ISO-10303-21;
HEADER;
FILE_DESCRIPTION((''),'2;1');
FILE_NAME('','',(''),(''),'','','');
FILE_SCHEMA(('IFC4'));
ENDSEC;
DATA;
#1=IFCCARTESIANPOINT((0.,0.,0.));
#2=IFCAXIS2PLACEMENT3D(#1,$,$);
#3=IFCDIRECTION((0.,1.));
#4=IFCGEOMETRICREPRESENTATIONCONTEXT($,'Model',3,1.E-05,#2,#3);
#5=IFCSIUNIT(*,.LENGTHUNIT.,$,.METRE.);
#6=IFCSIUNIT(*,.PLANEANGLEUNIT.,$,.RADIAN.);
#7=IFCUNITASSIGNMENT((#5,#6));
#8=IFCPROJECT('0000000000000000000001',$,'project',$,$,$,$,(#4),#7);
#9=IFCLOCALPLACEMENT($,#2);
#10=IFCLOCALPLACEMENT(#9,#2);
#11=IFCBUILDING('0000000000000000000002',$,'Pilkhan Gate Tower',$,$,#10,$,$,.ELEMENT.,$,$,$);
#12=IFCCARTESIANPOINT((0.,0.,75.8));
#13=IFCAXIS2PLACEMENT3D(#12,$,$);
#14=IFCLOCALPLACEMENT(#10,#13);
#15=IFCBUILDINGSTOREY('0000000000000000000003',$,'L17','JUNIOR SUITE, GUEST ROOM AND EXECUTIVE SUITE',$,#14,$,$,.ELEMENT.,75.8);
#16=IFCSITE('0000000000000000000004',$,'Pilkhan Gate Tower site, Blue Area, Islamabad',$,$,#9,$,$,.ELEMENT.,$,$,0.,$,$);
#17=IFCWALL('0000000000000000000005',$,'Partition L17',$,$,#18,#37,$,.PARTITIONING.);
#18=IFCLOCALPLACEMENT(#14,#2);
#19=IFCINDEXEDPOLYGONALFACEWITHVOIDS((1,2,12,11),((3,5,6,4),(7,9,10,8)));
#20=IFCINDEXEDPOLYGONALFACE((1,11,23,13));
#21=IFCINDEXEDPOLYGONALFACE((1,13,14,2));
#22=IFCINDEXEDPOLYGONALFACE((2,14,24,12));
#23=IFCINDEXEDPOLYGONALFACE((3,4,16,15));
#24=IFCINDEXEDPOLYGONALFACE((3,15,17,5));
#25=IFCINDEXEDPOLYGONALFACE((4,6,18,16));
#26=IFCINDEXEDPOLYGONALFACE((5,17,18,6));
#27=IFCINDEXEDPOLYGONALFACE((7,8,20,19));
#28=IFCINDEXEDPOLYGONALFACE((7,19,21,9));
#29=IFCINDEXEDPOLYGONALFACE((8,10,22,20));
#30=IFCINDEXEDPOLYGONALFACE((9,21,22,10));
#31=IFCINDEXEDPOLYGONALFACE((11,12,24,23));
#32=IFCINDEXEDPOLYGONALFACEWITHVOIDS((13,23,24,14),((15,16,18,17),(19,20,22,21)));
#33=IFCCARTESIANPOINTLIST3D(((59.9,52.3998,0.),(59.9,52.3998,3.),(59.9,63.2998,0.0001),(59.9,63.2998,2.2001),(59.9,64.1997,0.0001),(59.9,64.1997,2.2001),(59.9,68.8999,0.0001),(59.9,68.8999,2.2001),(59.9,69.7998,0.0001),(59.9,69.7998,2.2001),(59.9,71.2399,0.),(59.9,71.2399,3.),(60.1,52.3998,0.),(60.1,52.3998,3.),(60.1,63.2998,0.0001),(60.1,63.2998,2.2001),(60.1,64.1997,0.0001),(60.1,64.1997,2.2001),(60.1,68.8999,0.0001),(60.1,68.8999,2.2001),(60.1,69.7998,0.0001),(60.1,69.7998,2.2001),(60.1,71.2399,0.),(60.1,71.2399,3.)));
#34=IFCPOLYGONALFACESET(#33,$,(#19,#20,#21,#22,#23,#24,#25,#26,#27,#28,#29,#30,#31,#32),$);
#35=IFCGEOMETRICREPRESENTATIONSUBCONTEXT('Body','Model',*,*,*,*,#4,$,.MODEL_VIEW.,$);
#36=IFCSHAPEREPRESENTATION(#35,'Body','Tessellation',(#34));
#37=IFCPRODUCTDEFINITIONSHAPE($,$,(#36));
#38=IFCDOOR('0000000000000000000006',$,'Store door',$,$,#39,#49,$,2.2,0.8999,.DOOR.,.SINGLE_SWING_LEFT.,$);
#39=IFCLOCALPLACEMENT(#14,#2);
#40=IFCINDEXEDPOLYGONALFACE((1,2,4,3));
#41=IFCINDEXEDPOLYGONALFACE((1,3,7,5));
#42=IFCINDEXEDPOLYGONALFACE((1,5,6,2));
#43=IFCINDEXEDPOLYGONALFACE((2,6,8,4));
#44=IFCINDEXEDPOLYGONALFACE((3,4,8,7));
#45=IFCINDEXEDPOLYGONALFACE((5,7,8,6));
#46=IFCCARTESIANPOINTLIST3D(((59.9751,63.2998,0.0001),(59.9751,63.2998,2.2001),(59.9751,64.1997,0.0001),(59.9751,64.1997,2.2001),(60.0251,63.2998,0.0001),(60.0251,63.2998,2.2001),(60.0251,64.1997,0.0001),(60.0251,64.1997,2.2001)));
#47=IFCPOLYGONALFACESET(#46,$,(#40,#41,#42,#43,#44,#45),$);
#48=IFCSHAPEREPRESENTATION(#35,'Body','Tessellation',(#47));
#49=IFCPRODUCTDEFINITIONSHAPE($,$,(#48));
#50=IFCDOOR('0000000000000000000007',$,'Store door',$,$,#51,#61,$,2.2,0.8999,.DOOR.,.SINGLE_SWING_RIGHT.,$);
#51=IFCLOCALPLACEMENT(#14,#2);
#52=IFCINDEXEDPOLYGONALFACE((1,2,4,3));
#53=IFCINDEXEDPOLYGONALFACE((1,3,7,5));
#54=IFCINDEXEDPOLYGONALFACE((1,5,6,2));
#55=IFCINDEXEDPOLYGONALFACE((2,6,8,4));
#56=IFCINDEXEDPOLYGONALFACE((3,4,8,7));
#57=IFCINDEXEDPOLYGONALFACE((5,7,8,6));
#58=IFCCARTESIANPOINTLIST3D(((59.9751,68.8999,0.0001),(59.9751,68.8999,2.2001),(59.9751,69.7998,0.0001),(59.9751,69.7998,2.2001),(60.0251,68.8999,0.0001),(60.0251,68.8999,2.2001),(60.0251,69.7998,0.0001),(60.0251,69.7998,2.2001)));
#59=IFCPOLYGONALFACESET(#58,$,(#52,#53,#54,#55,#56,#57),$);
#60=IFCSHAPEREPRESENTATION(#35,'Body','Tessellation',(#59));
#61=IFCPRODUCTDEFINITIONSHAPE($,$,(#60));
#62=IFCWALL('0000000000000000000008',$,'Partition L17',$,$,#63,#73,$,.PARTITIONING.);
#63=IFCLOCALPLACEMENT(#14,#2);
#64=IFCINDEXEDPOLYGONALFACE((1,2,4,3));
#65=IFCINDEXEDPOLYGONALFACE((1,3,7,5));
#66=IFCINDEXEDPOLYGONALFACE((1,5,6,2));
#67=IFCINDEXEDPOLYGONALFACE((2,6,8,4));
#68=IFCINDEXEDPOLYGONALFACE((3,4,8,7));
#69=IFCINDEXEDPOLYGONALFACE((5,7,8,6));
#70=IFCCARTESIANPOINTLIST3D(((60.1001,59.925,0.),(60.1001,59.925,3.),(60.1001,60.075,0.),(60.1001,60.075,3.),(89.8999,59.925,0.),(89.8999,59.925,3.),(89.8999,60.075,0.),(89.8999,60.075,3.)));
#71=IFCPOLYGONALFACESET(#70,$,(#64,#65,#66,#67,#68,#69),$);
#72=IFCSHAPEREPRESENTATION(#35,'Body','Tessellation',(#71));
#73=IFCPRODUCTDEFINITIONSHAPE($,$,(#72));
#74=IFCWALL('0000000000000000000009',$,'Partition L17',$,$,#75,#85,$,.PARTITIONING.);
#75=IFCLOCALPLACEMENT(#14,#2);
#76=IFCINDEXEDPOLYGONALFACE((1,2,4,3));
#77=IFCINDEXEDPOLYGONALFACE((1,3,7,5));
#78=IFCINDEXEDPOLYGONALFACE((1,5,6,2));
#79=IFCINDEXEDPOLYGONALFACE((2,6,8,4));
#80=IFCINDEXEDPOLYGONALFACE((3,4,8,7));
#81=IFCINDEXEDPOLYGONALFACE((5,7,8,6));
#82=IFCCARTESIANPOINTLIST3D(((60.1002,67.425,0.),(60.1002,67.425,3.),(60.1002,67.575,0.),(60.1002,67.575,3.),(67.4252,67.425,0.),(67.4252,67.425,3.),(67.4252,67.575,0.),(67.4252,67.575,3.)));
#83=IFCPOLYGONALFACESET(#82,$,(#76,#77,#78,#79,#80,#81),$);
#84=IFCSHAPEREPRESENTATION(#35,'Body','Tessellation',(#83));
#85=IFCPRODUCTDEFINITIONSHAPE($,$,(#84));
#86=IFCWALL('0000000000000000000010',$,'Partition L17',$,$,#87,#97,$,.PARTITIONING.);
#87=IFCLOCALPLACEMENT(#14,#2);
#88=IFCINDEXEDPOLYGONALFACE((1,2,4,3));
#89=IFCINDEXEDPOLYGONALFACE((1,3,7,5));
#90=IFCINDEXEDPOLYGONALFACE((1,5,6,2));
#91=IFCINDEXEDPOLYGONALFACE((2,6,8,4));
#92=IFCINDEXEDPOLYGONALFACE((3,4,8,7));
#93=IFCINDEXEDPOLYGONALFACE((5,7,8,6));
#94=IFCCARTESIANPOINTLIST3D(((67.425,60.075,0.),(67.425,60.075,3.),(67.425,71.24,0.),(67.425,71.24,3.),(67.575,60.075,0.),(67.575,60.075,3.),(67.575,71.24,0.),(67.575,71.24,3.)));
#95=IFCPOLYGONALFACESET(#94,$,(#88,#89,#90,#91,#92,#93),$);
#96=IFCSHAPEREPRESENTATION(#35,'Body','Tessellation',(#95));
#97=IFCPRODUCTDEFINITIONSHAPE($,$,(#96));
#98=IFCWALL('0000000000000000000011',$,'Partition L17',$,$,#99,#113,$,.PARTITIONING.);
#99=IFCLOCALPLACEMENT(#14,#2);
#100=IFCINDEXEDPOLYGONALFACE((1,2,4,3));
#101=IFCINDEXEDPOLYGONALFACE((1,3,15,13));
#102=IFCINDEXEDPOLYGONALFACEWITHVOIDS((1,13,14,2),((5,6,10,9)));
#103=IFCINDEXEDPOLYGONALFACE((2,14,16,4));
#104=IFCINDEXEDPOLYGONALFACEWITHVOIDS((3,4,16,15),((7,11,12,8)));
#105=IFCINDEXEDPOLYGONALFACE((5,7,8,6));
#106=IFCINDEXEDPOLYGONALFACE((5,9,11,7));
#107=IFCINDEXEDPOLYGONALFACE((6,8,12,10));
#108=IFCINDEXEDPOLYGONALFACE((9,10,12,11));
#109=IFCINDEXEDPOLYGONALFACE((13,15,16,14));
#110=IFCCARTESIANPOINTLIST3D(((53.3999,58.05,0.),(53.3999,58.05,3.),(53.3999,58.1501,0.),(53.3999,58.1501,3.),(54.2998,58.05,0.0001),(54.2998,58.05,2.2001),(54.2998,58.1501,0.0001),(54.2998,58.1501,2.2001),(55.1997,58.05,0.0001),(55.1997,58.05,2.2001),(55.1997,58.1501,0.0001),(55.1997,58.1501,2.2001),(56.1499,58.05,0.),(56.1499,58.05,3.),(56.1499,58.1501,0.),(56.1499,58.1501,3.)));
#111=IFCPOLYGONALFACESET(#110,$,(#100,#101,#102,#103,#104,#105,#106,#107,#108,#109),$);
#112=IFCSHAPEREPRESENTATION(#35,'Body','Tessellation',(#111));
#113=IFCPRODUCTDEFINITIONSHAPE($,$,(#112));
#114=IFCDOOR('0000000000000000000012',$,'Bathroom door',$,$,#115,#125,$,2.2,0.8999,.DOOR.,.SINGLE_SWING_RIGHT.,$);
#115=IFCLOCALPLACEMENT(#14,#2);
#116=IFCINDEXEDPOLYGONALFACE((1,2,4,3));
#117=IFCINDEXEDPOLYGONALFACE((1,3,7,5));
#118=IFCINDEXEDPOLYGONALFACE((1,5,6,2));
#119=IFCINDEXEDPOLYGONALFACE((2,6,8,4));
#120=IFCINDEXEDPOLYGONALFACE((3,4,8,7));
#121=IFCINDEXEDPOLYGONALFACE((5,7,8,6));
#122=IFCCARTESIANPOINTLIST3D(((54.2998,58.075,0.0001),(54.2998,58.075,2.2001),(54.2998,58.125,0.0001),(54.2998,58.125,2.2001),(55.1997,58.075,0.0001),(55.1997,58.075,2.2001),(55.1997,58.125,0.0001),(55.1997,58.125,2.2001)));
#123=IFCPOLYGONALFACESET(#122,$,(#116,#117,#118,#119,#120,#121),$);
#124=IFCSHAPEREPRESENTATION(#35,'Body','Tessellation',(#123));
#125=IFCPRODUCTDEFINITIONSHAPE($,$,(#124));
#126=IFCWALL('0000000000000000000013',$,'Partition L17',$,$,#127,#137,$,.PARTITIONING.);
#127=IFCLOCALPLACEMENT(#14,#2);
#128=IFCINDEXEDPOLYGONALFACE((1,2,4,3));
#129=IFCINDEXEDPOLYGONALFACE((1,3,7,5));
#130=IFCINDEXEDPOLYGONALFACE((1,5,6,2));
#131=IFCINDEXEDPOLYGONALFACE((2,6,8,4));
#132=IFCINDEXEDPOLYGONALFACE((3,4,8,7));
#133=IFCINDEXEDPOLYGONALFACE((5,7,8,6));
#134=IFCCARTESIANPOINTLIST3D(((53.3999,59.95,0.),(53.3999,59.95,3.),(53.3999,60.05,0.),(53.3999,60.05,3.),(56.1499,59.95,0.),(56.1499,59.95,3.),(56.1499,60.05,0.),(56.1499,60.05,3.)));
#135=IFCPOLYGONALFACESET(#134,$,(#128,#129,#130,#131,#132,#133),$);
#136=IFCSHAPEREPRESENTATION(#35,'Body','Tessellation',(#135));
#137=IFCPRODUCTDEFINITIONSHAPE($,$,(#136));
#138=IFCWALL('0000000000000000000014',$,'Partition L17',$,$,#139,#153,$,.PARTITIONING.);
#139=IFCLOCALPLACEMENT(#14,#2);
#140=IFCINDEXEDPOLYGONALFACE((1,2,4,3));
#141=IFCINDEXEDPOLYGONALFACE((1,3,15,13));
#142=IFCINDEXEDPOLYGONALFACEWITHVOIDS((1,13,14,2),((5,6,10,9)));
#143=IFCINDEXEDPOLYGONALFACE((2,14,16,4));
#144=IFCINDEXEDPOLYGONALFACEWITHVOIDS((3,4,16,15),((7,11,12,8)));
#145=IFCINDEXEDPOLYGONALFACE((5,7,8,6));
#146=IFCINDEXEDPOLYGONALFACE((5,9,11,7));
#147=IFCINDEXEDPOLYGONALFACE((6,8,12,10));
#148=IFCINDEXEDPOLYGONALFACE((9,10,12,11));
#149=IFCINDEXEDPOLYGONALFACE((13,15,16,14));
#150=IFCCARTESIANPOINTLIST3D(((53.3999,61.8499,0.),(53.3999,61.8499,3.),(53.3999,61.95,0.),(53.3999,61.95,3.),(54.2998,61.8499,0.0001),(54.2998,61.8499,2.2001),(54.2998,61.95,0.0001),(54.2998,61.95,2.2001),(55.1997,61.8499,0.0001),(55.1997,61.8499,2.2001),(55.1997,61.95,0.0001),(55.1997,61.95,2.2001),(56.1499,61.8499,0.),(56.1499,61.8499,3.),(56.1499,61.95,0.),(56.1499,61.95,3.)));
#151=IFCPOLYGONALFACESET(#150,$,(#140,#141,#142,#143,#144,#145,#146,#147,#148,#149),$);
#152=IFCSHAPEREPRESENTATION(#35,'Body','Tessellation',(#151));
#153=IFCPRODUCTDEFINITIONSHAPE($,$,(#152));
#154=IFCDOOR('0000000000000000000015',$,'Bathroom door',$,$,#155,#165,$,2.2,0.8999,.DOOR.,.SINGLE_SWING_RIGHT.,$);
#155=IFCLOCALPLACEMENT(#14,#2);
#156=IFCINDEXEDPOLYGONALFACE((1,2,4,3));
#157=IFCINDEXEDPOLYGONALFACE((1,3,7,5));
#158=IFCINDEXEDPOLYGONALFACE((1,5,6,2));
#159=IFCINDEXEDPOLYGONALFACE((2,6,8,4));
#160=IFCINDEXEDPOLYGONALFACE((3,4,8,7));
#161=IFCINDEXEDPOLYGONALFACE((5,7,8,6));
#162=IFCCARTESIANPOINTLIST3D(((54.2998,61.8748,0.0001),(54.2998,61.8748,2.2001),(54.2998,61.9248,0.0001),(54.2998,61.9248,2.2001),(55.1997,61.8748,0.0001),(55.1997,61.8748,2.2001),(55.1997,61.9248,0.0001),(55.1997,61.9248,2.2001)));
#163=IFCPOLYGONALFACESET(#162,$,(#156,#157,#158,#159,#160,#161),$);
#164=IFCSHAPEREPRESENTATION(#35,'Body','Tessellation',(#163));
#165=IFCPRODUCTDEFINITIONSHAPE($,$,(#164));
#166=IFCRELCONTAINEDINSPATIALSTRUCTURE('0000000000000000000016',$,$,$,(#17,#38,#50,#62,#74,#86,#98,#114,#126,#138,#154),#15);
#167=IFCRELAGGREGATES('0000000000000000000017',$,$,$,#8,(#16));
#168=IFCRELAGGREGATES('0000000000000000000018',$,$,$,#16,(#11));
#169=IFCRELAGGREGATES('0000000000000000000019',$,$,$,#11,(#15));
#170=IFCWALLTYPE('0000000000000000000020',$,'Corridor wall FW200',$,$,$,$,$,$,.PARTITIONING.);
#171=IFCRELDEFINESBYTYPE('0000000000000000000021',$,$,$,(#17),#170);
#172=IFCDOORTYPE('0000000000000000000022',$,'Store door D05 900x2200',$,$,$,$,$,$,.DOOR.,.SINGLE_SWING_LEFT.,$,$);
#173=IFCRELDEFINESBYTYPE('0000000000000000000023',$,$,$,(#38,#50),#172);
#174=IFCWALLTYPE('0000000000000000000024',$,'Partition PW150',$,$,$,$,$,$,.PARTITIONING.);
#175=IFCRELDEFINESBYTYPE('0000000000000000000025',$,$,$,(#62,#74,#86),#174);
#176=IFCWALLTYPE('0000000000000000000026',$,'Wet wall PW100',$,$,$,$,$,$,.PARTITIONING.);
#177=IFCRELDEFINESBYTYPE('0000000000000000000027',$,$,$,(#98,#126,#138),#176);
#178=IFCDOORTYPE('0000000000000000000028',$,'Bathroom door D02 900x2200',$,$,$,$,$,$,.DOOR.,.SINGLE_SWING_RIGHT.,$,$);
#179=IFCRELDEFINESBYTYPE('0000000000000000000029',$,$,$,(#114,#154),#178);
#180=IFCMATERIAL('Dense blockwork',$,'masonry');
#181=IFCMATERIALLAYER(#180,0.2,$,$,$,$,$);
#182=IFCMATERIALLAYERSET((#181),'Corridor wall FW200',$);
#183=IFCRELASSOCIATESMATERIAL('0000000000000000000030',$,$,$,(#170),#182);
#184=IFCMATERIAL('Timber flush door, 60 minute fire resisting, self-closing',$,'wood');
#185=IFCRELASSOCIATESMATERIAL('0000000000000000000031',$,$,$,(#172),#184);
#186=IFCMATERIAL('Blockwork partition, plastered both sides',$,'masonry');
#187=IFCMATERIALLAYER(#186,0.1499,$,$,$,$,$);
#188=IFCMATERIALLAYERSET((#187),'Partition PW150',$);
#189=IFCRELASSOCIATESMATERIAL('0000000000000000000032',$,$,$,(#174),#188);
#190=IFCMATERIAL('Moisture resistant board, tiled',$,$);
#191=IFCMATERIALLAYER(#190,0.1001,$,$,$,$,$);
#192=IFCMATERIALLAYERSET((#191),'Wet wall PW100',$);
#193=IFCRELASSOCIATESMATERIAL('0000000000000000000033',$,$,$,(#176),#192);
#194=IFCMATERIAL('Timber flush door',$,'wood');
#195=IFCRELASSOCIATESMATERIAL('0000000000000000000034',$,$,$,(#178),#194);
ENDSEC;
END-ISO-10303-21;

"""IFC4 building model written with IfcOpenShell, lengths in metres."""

from ifc_helpers import new_model, si_unit, direction, frame, frame_2d, origin, place, context, subcontext, project, spatial, rectangle, extrude, material, layer, layer_set, type_object, element, fill, save


model = new_model("IFC4")

# Units and contexts
model_context = context("Model", 3, precision=1e-05, world=origin(), true_north=direction((0.0, 1.0)))
body_context = subcontext(model_context, "Body", "Model", "MODEL_VIEW")
ifc_project = project(units=[si_unit("LENGTHUNIT", "METRE"), si_unit("PLANEANGLEUNIT", "RADIAN")], contexts=[model_context])

# Site, building, storey
site_placement = place(None, origin())
site = spatial("IfcSite", under=ifc_project, at=site_placement, Name="Pilkhan Gate Tower site, Blue Area, Islamabad", CompositionType="ELEMENT", RefElevation=0.0)
building_placement = place(site_placement, origin())
building = spatial("IfcBuilding", under=site, at=building_placement, Name="Pilkhan Gate Tower", CompositionType="ELEMENT")
storey_placement = place(building_placement, frame((0.0, 0.0, 75.8)))
storey = spatial("IfcBuildingStorey", under=building, at=storey_placement, Name="L17", Description="JUNIOR SUITE, GUEST ROOM AND EXECUTIVE SUITE", CompositionType="ELEMENT", Elevation=75.8)

# Wall, openings, doors
ifc_material_1 = material(Name="Dense blockwork", Category="masonry")
ifc_layer_1 = layer(ifc_material_1, 0.2)
ifc_layer_set_1 = layer_set([ifc_layer_1], Name="Corridor wall FW200")
wall_type_1 = type_object("IfcWallType", Name="Corridor wall FW200", PredefinedType="PARTITIONING", material=ifc_layer_set_1)
wall_1_placement = place(storey_placement, frame((60.0, 52.3999, 0.0), z_axis=(0.0, 0.0, 1.0), x_axis=(0.0, 1.0, 0.0)))
wall_1 = element("IfcWall", 1, at=wall_1_placement, inside=storey, type_object=wall_type_1, Name="Partition L17", PredefinedType="PARTITIONING", context=body_context, shape_type="SweptSolid", body=[
    extrude(rectangle(XDim=18.8401, YDim=0.2, at=frame_2d((9.4199, 0.0))), origin(), (0.0, 0.0, 1.0), 3.0),
])
opening_1_placement = place(wall_1_placement, frame((10.8999, 0.0, 0.0)))
opening_1 = element("IfcOpeningElement", 2, at=opening_1_placement, cuts=wall_1, PredefinedType="OPENING", context=body_context, shape_type="SweptSolid", body=[
    extrude(rectangle(XDim=0.8999, YDim=2.2, at=frame_2d((0.45, 1.1001))), frame((0.0, 0.1099, 0.0), z_axis=(0.0, -1.0, 0.0), x_axis=(1.0, 0.0, 0.0)), (0.0, 0.0, 1.0), 0.22),
])
opening_2_placement = place(wall_1_placement, frame((16.5, 0.0, 0.0)))
opening_2 = element("IfcOpeningElement", 3, at=opening_2_placement, cuts=wall_1, PredefinedType="OPENING", context=body_context, shape_type="SweptSolid", body=[
    extrude(rectangle(XDim=0.8999, YDim=2.2, at=frame_2d((0.45, 1.1001))), frame((0.0, 0.1099, 0.0), z_axis=(0.0, -1.0, 0.0), x_axis=(1.0, 0.0, 0.0)), (0.0, 0.0, 1.0), 0.22),
])
ifc_material_2 = material(Name="Timber flush door, 60 minute fire resisting, self-closing", Category="wood")
door_type_1 = type_object("IfcDoorType", Name="Store door D05 900x2200", OperationType="SINGLE_SWING_LEFT", PredefinedType="DOOR", material=ifc_material_2)
door_1_placement = place(opening_1_placement, origin())
door_1 = element("IfcDoor", 4, at=door_1_placement, inside=storey, type_object=door_type_1, Name="Store door", OperationType="SINGLE_SWING_LEFT", OverallHeight=2.2, OverallWidth=0.8999, PredefinedType="DOOR", context=body_context, shape_type="SweptSolid", body=[
    extrude(rectangle(XDim=0.8999, YDim=2.2, at=frame_2d((0.45, 1.1001))), frame((0.0, 0.0249, 0.0), z_axis=(0.0, -1.0, 0.0), x_axis=(1.0, 0.0, 0.0)), (0.0, 0.0, 1.0), 0.05),
])
fill(opening_1, door_1)
door_2_placement = place(opening_2_placement, origin())
door_2 = element("IfcDoor", 5, at=door_2_placement, inside=storey, type_object=door_type_1, Name="Store door", OperationType="SINGLE_SWING_RIGHT", OverallHeight=2.2, OverallWidth=0.8999, PredefinedType="DOOR", context=body_context, shape_type="SweptSolid", body=[
    extrude(rectangle(XDim=0.8999, YDim=2.2, at=frame_2d((0.45, 1.1001))), frame((0.0, 0.0249, 0.0), z_axis=(0.0, -1.0, 0.0), x_axis=(1.0, 0.0, 0.0)), (0.0, 0.0, 1.0), 0.05),
])
fill(opening_2, door_2)

# Walls
ifc_material_3 = material(Name="Blockwork partition, plastered both sides", Category="masonry")
ifc_layer_2 = layer(ifc_material_3, 0.1499)
ifc_layer_set_2 = layer_set([ifc_layer_2], Name="Partition PW150")
wall_type_2 = type_object("IfcWallType", Name="Partition PW150", PredefinedType="PARTITIONING", material=ifc_layer_set_2)
wall_2_placement = place(storey_placement, frame((60.1001, 60.0, 0.0), z_axis=(0.0, 0.0, 1.0), x_axis=(1.0, 0.0, 0.0)))
element("IfcWall", 6, at=wall_2_placement, inside=storey, type_object=wall_type_2, Name="Partition L17", PredefinedType="PARTITIONING", context=body_context, shape_type="SweptSolid", body=[
    extrude(rectangle(XDim=29.7998, YDim=0.1499, at=frame_2d((14.8999, 0.0))), origin(), (0.0, 0.0, 1.0), 3.0),
])
wall_3_placement = place(storey_placement, frame((60.1001, 67.5, 0.0), z_axis=(0.0, 0.0, 1.0), x_axis=(1.0, 0.0, 0.0)))
element("IfcWall", 7, at=wall_3_placement, inside=storey, type_object=wall_type_2, Name="Partition L17", PredefinedType="PARTITIONING", context=body_context, shape_type="SweptSolid", body=[
    extrude(rectangle(XDim=7.325, YDim=0.1499, at=frame_2d((3.6626, 0.0))), origin(), (0.0, 0.0, 1.0), 3.0),
])
wall_4_placement = place(storey_placement, frame((67.5, 60.075, 0.0), z_axis=(0.0, 0.0, 1.0), x_axis=(0.0, 1.0, 0.0)))
element("IfcWall", 8, at=wall_4_placement, inside=storey, type_object=wall_type_2, Name="Partition L17", PredefinedType="PARTITIONING", context=body_context, shape_type="SweptSolid", body=[
    extrude(rectangle(XDim=11.165, YDim=0.1499, at=frame_2d((5.5825, 0.0))), origin(), (0.0, 0.0, 1.0), 3.0),
])

# Wall, opening, door
ifc_material_4 = material(Name="Moisture resistant board, tiled")
ifc_layer_3 = layer(ifc_material_4, 0.1001)
ifc_layer_set_3 = layer_set([ifc_layer_3], Name="Wet wall PW100")
wall_type_3 = type_object("IfcWallType", Name="Wet wall PW100", PredefinedType="PARTITIONING", material=ifc_layer_set_3)
wall_5_placement = place(storey_placement, frame((53.3999, 58.1001, 0.0), z_axis=(0.0, 0.0, 1.0), x_axis=(1.0, 0.0, 0.0)))
wall_5 = element("IfcWall", 9, at=wall_5_placement, inside=storey, type_object=wall_type_3, Name="Partition L17", PredefinedType="PARTITIONING", context=body_context, shape_type="SweptSolid", body=[
    extrude(rectangle(XDim=2.75, YDim=0.1001, at=frame_2d((1.375, 0.0))), origin(), (0.0, 0.0, 1.0), 3.0),
])
opening_3_placement = place(wall_5_placement, frame((0.8999, 0.0, 0.0)))
opening_3 = element("IfcOpeningElement", 10, at=opening_3_placement, cuts=wall_5, PredefinedType="OPENING", context=body_context, shape_type="SweptSolid", body=[
    extrude(rectangle(XDim=0.8999, YDim=2.2, at=frame_2d((0.45, 1.1001))), frame((0.0, 0.0601, 0.0), z_axis=(0.0, -1.0, 0.0), x_axis=(1.0, 0.0, 0.0)), (0.0, 0.0, 1.0), 0.1201),
])
ifc_material_5 = material(Name="Timber flush door", Category="wood")
door_type_2 = type_object("IfcDoorType", Name="Bathroom door D02 900x2200", OperationType="SINGLE_SWING_RIGHT", PredefinedType="DOOR", material=ifc_material_5)
door_3_placement = place(opening_3_placement, origin())
door_3 = element("IfcDoor", 11, at=door_3_placement, inside=storey, type_object=door_type_2, Name="Bathroom door", OperationType="SINGLE_SWING_RIGHT", OverallHeight=2.2, OverallWidth=0.8999, PredefinedType="DOOR", context=body_context, shape_type="SweptSolid", body=[
    extrude(rectangle(XDim=0.8999, YDim=2.2, at=frame_2d((0.45, 1.1001))), frame((0.0, 0.0249, 0.0), z_axis=(0.0, -1.0, 0.0), x_axis=(1.0, 0.0, 0.0)), (0.0, 0.0, 1.0), 0.05),
])
fill(opening_3, door_3)

# Wall
wall_6_placement = place(storey_placement, frame((53.3999, 60.0, 0.0), z_axis=(0.0, 0.0, 1.0), x_axis=(1.0, 0.0, 0.0)))
element("IfcWall", 12, at=wall_6_placement, inside=storey, type_object=wall_type_3, Name="Partition L17", PredefinedType="PARTITIONING", context=body_context, shape_type="SweptSolid", body=[
    extrude(rectangle(XDim=2.75, YDim=0.1001, at=frame_2d((1.375, 0.0))), origin(), (0.0, 0.0, 1.0), 3.0),
])

# Wall, opening, door
wall_7_placement = place(storey_placement, frame((53.3999, 61.8999, 0.0), z_axis=(0.0, 0.0, 1.0), x_axis=(1.0, 0.0, 0.0)))
wall_7 = element("IfcWall", 13, at=wall_7_placement, inside=storey, type_object=wall_type_3, Name="Partition L17", PredefinedType="PARTITIONING", context=body_context, shape_type="SweptSolid", body=[
    extrude(rectangle(XDim=2.75, YDim=0.1001, at=frame_2d((1.375, 0.0))), origin(), (0.0, 0.0, 1.0), 3.0),
])
opening_4_placement = place(wall_7_placement, frame((0.8999, 0.0, 0.0)))
opening_4 = element("IfcOpeningElement", 14, at=opening_4_placement, cuts=wall_7, PredefinedType="OPENING", context=body_context, shape_type="SweptSolid", body=[
    extrude(rectangle(XDim=0.8999, YDim=2.2, at=frame_2d((0.45, 1.1001))), frame((0.0, 0.0601, 0.0), z_axis=(0.0, -1.0, 0.0), x_axis=(1.0, 0.0, 0.0)), (0.0, 0.0, 1.0), 0.1201),
])
door_4_placement = place(opening_4_placement, origin())
door_4 = element("IfcDoor", 15, at=door_4_placement, inside=storey, type_object=door_type_2, Name="Bathroom door", OperationType="SINGLE_SWING_RIGHT", OverallHeight=2.2, OverallWidth=0.8999, PredefinedType="DOOR", context=body_context, shape_type="SweptSolid", body=[
    extrude(rectangle(XDim=0.8999, YDim=2.2, at=frame_2d((0.45, 1.1001))), frame((0.0, 0.0249, 0.0), z_axis=(0.0, -1.0, 0.0), x_axis=(1.0, 0.0, 0.0)), (0.0, 0.0, 1.0), 0.05),
])
fill(opening_4, door_4)

save(model, "model.ifc")
